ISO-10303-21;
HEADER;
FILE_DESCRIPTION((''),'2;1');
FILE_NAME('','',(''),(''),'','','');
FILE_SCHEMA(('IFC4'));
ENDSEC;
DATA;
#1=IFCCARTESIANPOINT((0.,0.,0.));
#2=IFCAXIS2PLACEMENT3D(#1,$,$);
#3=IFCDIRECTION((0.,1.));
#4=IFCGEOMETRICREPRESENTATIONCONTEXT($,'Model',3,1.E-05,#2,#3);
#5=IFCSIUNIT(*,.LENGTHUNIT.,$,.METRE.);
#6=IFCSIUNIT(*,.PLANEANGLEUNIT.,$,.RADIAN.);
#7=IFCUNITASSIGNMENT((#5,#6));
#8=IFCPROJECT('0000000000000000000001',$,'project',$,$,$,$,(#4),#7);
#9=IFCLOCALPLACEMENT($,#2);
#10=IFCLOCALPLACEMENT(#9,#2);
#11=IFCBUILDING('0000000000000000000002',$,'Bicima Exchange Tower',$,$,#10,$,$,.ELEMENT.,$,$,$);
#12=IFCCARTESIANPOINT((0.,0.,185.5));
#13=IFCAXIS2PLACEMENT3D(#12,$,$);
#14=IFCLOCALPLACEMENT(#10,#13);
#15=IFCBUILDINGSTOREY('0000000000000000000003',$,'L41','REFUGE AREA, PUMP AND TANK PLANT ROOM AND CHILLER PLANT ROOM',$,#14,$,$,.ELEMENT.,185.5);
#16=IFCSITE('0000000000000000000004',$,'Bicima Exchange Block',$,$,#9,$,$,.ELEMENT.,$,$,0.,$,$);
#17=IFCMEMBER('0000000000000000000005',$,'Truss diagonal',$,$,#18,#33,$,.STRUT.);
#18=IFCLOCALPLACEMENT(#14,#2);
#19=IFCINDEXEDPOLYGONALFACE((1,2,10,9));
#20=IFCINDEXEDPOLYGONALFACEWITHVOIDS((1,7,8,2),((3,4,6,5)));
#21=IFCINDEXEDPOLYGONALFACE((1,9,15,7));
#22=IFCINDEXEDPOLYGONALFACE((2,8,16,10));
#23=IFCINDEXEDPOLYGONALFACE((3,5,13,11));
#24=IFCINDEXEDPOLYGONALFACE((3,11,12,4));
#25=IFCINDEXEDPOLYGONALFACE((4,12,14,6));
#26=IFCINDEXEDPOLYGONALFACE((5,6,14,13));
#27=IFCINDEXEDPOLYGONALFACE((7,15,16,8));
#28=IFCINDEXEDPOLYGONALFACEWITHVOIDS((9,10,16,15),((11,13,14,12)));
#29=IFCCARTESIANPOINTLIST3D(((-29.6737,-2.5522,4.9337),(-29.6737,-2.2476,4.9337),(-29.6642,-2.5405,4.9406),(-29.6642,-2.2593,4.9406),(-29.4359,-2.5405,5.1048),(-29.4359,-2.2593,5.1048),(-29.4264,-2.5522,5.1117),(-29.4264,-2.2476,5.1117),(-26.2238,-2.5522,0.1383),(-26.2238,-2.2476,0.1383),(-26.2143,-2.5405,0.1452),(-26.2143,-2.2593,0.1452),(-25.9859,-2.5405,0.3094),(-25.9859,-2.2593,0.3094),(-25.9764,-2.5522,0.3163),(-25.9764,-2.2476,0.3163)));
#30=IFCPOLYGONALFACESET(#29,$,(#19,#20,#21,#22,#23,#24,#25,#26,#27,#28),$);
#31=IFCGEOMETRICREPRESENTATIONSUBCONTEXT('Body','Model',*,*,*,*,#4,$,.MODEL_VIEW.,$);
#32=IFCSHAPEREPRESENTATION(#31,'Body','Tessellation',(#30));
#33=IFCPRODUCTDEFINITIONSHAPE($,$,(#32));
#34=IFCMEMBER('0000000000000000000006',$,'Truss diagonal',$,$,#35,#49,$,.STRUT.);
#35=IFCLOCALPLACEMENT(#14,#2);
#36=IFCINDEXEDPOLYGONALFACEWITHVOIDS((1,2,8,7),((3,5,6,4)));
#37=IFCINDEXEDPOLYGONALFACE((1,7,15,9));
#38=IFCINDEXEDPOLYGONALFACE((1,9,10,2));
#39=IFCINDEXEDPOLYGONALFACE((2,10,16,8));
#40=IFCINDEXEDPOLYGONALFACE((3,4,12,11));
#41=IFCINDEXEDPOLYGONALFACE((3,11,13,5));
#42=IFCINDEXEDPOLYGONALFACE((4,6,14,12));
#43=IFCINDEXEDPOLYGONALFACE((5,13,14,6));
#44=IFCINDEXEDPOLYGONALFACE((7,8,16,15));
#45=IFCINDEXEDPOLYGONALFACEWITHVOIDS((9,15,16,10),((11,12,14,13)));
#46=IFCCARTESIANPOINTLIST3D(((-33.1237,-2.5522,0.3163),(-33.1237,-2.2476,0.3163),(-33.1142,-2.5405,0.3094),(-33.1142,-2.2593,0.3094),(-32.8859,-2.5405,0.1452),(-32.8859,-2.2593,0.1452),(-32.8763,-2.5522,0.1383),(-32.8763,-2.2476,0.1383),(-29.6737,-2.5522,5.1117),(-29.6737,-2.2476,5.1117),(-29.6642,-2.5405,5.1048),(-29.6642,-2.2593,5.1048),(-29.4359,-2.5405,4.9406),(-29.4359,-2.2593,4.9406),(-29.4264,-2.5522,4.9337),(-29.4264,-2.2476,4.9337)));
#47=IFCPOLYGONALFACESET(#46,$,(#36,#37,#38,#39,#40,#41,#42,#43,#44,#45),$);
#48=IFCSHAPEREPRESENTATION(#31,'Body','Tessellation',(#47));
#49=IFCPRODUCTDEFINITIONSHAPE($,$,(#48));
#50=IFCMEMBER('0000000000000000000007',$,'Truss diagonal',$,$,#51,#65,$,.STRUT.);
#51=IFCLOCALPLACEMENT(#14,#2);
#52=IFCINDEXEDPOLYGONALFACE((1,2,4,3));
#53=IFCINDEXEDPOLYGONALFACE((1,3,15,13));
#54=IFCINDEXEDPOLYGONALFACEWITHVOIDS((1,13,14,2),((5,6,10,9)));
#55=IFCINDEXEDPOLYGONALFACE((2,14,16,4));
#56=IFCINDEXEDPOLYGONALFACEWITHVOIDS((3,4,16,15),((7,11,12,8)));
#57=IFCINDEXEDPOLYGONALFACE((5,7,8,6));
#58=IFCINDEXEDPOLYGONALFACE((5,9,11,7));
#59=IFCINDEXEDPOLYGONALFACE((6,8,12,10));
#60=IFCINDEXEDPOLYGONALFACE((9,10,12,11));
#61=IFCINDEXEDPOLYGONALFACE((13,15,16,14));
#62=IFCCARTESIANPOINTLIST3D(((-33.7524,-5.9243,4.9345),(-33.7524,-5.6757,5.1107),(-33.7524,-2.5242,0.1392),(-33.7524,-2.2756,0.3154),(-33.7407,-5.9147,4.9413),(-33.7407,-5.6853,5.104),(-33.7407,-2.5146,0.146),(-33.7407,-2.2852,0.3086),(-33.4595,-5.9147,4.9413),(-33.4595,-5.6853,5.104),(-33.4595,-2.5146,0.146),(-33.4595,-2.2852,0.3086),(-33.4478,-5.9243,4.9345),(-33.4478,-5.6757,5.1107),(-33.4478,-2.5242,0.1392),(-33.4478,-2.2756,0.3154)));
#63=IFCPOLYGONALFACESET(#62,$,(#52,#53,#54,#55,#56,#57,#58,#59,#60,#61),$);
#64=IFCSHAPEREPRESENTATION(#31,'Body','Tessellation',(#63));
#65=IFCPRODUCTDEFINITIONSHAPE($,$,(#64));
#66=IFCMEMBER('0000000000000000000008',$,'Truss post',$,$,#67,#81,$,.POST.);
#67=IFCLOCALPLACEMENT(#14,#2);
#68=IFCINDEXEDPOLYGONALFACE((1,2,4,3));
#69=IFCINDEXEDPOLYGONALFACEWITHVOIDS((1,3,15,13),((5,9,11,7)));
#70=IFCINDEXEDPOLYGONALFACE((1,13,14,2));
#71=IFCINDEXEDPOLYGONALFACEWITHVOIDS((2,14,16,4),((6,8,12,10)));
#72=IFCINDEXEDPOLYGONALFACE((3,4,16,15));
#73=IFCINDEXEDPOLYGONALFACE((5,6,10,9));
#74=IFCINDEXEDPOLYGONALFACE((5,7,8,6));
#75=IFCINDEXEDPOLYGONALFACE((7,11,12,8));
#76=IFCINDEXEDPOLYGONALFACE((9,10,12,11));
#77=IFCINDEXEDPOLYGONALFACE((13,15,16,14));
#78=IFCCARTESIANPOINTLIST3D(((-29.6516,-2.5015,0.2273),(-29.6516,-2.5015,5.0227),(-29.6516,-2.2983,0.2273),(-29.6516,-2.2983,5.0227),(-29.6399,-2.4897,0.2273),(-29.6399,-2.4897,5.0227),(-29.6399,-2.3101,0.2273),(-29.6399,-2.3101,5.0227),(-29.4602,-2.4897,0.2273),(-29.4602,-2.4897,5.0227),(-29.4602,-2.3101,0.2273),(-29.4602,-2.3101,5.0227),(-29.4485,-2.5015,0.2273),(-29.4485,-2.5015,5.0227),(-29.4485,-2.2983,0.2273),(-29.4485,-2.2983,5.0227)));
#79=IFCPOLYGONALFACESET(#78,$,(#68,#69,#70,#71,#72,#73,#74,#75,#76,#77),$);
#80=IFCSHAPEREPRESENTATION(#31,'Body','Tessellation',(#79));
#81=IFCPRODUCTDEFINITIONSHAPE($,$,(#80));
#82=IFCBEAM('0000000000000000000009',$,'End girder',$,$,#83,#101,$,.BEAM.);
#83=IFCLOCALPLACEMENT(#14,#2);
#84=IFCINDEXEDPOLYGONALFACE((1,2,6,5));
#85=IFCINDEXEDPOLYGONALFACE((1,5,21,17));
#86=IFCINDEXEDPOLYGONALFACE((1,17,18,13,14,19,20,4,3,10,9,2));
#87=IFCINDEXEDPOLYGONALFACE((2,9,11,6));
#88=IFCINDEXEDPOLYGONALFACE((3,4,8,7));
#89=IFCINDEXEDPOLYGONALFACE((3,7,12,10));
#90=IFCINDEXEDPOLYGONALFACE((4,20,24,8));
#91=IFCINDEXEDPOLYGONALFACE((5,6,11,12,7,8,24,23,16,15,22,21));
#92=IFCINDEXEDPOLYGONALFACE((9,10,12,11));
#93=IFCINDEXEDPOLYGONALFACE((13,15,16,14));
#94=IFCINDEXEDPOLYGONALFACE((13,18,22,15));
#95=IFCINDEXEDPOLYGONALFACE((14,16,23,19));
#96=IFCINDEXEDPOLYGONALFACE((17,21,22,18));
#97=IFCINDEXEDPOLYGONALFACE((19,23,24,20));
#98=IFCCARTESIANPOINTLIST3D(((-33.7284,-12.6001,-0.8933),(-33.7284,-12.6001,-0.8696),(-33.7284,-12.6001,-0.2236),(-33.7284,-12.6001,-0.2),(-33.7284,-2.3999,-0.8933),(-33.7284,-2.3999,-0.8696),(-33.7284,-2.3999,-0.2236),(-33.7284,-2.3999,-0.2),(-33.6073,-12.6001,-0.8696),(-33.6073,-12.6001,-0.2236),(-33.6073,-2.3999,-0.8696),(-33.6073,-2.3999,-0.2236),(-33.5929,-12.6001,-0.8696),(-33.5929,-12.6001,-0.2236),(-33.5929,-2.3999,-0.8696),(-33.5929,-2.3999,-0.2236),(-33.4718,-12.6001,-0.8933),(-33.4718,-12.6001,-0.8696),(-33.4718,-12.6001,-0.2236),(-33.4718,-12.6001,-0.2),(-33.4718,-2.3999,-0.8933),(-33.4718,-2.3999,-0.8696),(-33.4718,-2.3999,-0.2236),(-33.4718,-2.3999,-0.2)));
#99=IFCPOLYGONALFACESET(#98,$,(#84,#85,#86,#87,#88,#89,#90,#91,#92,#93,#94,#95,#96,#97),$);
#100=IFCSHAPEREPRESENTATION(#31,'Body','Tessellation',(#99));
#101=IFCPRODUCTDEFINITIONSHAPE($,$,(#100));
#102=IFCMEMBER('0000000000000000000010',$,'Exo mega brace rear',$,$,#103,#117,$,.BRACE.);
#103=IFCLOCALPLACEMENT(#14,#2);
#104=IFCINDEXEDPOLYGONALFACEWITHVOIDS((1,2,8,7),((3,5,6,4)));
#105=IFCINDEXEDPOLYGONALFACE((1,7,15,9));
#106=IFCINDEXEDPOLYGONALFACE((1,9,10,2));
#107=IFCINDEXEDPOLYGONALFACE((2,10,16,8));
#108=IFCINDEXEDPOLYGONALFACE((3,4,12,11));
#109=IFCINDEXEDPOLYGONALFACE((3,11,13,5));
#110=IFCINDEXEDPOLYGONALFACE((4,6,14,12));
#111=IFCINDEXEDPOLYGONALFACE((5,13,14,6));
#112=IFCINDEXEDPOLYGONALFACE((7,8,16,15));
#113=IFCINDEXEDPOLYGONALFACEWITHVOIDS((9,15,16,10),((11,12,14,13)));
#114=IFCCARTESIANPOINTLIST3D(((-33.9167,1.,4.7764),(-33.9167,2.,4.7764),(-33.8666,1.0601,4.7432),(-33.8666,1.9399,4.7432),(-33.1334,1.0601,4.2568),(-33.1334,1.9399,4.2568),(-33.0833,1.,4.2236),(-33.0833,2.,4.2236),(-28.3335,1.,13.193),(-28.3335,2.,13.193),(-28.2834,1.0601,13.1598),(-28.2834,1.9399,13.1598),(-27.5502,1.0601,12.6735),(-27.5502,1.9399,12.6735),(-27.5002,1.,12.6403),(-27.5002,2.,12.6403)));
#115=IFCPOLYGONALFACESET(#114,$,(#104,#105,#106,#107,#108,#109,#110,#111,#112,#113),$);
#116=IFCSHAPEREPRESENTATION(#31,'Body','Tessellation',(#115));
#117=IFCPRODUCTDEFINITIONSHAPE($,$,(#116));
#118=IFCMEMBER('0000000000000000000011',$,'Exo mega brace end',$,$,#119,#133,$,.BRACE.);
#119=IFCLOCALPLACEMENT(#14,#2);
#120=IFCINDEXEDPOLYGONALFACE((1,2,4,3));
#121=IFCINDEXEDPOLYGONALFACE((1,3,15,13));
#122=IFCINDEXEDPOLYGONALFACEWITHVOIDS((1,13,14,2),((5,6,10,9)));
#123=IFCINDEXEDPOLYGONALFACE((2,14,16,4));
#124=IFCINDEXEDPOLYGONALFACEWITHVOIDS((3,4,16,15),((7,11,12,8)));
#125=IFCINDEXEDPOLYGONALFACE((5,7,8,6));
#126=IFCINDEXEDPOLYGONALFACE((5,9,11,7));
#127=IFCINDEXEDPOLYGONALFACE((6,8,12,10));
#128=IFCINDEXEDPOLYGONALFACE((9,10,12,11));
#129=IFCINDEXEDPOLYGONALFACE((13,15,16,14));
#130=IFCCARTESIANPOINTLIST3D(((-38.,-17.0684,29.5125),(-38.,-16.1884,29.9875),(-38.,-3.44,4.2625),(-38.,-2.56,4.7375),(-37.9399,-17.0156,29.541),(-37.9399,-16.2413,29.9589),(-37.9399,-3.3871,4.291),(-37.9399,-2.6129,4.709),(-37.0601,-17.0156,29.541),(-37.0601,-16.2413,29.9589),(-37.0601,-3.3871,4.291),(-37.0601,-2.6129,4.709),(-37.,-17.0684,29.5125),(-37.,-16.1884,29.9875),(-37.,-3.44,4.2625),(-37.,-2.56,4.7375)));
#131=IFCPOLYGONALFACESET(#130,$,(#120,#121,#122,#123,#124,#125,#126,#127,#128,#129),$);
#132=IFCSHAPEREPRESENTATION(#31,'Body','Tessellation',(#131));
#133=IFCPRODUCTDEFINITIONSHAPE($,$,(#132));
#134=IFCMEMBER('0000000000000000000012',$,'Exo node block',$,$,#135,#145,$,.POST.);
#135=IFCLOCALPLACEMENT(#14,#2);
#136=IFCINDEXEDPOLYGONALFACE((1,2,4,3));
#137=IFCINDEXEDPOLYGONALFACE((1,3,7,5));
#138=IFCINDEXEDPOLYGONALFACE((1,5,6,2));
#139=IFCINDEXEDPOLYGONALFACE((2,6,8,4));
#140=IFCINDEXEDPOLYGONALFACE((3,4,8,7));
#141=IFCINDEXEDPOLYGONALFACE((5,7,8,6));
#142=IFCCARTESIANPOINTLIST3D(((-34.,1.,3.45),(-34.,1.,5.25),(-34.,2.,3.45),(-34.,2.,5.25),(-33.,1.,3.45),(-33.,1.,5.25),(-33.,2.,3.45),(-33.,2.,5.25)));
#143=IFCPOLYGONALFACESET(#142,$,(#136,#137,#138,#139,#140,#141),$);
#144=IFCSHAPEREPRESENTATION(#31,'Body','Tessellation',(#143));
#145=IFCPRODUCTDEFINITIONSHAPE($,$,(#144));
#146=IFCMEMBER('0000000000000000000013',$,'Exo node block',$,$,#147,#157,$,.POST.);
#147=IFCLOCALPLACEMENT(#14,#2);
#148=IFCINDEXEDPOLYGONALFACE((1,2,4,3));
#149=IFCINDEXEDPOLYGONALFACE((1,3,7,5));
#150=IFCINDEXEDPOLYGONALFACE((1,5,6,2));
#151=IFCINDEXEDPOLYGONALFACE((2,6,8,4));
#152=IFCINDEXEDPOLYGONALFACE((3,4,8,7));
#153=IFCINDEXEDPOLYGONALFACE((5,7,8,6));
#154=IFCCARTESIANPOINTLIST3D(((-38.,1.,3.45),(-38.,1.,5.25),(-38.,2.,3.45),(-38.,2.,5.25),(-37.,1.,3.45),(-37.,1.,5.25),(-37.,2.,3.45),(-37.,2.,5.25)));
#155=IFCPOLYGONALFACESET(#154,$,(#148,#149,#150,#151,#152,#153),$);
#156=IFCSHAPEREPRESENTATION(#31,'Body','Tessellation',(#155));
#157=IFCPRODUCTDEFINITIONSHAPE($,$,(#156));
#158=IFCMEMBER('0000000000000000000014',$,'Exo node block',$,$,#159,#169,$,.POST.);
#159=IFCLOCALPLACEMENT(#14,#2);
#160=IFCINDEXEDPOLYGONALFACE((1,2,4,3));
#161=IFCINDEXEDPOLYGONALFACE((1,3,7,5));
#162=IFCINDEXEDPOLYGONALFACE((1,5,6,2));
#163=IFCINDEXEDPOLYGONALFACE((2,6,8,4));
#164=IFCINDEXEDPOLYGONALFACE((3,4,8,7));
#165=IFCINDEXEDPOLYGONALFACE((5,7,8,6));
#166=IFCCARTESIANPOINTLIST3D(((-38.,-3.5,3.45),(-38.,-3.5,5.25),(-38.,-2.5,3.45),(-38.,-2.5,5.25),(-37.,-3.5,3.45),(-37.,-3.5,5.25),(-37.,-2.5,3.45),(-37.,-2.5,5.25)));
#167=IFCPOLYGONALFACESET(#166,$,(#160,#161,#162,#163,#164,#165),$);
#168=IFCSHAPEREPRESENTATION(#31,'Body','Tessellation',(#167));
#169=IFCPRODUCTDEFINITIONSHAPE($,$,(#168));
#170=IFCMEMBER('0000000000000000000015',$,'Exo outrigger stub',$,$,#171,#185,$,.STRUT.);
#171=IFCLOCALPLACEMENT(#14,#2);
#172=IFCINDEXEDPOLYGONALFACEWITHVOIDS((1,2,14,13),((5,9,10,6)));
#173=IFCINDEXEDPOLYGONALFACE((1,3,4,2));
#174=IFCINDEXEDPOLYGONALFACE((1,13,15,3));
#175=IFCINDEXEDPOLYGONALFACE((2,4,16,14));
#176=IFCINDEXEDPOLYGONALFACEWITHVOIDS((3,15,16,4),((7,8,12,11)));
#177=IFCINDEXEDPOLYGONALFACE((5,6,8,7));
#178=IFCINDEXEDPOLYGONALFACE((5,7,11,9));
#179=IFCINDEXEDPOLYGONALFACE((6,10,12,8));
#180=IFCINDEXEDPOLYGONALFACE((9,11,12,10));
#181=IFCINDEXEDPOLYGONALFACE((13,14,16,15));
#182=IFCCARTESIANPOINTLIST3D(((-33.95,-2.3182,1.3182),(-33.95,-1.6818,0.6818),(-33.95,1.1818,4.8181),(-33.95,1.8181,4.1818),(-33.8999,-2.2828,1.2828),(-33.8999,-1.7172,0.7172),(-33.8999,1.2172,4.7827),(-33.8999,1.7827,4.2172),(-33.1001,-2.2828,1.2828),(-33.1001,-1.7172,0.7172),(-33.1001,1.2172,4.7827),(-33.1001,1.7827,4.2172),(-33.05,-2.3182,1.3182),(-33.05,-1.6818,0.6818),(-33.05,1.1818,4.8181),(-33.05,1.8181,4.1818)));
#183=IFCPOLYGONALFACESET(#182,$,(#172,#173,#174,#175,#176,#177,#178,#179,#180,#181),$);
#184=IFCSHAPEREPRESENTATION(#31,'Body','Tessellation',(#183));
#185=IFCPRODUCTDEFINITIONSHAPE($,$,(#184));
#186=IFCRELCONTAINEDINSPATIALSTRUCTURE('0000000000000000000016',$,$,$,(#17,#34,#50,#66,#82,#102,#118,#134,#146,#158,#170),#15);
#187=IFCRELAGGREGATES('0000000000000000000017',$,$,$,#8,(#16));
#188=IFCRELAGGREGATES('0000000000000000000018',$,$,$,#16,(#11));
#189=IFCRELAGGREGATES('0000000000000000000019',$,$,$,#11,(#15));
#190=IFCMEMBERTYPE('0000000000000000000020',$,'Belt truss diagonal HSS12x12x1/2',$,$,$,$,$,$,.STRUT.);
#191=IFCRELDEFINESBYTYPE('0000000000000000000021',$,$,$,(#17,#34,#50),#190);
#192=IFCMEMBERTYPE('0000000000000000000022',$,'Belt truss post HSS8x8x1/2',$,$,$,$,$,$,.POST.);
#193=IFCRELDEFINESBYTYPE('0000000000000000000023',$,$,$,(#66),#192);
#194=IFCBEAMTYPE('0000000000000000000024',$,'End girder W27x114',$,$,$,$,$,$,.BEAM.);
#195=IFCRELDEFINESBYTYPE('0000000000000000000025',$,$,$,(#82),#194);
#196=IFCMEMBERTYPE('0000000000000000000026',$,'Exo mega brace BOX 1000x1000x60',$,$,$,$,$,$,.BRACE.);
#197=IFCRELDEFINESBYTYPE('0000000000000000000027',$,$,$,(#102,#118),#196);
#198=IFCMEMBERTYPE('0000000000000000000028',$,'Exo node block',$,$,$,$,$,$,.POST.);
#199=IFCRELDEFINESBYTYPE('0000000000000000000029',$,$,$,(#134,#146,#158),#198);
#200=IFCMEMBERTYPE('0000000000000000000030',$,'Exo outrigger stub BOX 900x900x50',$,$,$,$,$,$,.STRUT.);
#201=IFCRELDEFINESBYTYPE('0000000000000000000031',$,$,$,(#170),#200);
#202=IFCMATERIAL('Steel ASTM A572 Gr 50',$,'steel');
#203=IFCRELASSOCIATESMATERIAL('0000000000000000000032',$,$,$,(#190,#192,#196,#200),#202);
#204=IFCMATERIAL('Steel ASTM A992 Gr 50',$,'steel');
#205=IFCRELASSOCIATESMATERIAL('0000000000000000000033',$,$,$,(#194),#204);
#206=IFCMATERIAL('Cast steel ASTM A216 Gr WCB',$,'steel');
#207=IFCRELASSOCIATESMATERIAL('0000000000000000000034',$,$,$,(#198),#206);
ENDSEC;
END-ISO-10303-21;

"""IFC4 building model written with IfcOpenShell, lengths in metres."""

from ifc_helpers import new_model, si_unit, direction, frame, origin, origin_2d, place, context, subcontext, project, spatial, rectangle, hollow_rectangle, i_section, extrude, material, material_profile, profile_set, type_object, element, save


model = new_model("IFC4")

# Units and contexts
model_context = context("Model", 3, precision=1e-05, world=origin(), true_north=direction((0.0, 1.0)))
body_context = subcontext(model_context, "Body", "Model", "MODEL_VIEW")
ifc_project = project(units=[si_unit("LENGTHUNIT", "METRE"), si_unit("PLANEANGLEUNIT", "RADIAN")], contexts=[model_context])

# Site, building, storey
site_placement = place(None, origin())
site = spatial("IfcSite", under=ifc_project, at=site_placement, Name="Bicima Exchange Block", CompositionType="ELEMENT", RefElevation=0.0)
building_placement = place(site_placement, origin())
building = spatial("IfcBuilding", under=site, at=building_placement, Name="Bicima Exchange Tower", CompositionType="ELEMENT")
storey_placement = place(building_placement, frame((0.0, 0.0, 185.5)))
storey = spatial("IfcBuildingStorey", under=building, at=storey_placement, Name="L41", Description="REFUGE AREA, PUMP AND TANK PLANT ROOM AND CHILLER PLANT ROOM", CompositionType="ELEMENT", Elevation=185.5)

# Shared definitions
ifc_material_1 = material(Name="Steel ASTM A572 Gr 50", Category="steel")
ifc_material_2 = material(Name="Steel ASTM A992 Gr 50", Category="steel")

# Members
ifc_material_profile_1 = material_profile(ifc_material_1, hollow_rectangle(XDim=0.3047, YDim=0.3047, WallThickness=0.0117, at=origin_2d()))
ifc_profile_set_1 = profile_set([ifc_material_profile_1], Name="Steel ASTM A572 Gr 50")
member_type_1 = type_object("IfcMemberType", Name="Belt truss diagonal HSS12x12x1/2", PredefinedType="STRUT", material=ifc_profile_set_1)
for number, where, z_axis, x_axis, name in (
    (1, (-26.1001, -2.3999, 0.2273), (-0.583999, 0.0, 0.811755), (0.0, -1.0, 0.0), "Truss diagonal"),
    (2, (-29.55, -2.3999, 5.0227), (-0.583999, 0.0, -0.811755), (0.0, -1.0, 0.0), "Truss diagonal"),
):
    element("IfcMember", number, at=place(storey_placement, frame(where, z_axis=z_axis, x_axis=x_axis)), inside=storey, type_object=member_type_1, Name=name, PredefinedType="STRUT", context=body_context, shape_type="SweptSolid", body=[
        extrude(hollow_rectangle(XDim=0.3047, YDim=0.3047, WallThickness=0.0117, at=origin_2d()), origin(), (0.0, 0.0, 1.0), 5.9075),
    ])
member_1_placement = place(storey_placement, frame((-33.6001, -2.3999, 0.2273), z_axis=(0.0, -0.578402, 0.815752), x_axis=(1.0, 0.0, 0.0)))
element("IfcMember", 3, at=member_1_placement, inside=storey, type_object=member_type_1, Name="Truss diagonal", PredefinedType="STRUT", context=body_context, shape_type="SweptSolid", body=[
    extrude(hollow_rectangle(XDim=0.3047, YDim=0.3047, WallThickness=0.0117, at=origin_2d()), origin(), (0.0, 0.0, 1.0), 5.8784),
])
ifc_material_profile_2 = material_profile(ifc_material_1, hollow_rectangle(XDim=0.2031, YDim=0.2031, WallThickness=0.0117, at=origin_2d()))
ifc_profile_set_2 = profile_set([ifc_material_profile_2], Name="Steel ASTM A572 Gr 50")
member_type_2 = type_object("IfcMemberType", Name="Belt truss post HSS8x8x1/2", PredefinedType="POST", material=ifc_profile_set_2)
member_2_placement = place(storey_placement, frame((-29.55, -2.3999, 0.2273), z_axis=(0.0, 0.0, 1.0), x_axis=(1.0, 0.0, 0.0)))
element("IfcMember", 4, at=member_2_placement, inside=storey, type_object=member_type_2, Name="Truss post", PredefinedType="POST", context=body_context, shape_type="SweptSolid", body=[
    extrude(hollow_rectangle(XDim=0.2031, YDim=0.2031, WallThickness=0.0117, at=origin_2d()), origin(), (0.0, 0.0, 1.0), 4.7954),
])

# Beam
ifc_material_profile_3 = material_profile(ifc_material_2, i_section(OverallWidth=0.2566, OverallDepth=0.6934, WebThickness=0.0144, FlangeThickness=0.0237, at=origin_2d()))
ifc_profile_set_3 = profile_set([ifc_material_profile_3], Name="Steel ASTM A992 Gr 50")
beam_type_1 = type_object("IfcBeamType", Name="End girder W27x114", PredefinedType="BEAM", material=ifc_profile_set_3)
beam_1_placement = place(storey_placement, frame((-33.6001, -2.3999, -0.5466), z_axis=(0.0, -1.0, 0.0), x_axis=(1.0, 0.0, 0.0)))
element("IfcBeam", 5, at=beam_1_placement, inside=storey, type_object=beam_type_1, Name="End girder", PredefinedType="BEAM", context=body_context, shape_type="SweptSolid", body=[
    extrude(i_section(OverallWidth=0.2566, OverallDepth=0.6934, WebThickness=0.0144, FlangeThickness=0.0237, at=origin_2d()), origin(), (0.0, 0.0, 1.0), 10.2002),
])

# Members
ifc_material_profile_4 = material_profile(ifc_material_1, hollow_rectangle(XDim=1.0, YDim=1.0, WallThickness=0.0601, at=origin_2d()))
ifc_profile_set_4 = profile_set([ifc_material_profile_4], Name="Steel ASTM A572 Gr 50")
member_type_3 = type_object("IfcMemberType", Name="Exo mega brace BOX 1000x1000x60", PredefinedType="BRACE", material=ifc_profile_set_4)
member_3_placement = place(storey_placement, frame((-33.5, 1.5, 4.5), z_axis=(0.552785, 0.0, 0.833324), x_axis=(0.0, 1.0, 0.0)))
element("IfcMember", 6, at=member_3_placement, inside=storey, type_object=member_type_3, Name="Exo mega brace rear", PredefinedType="BRACE", context=body_context, shape_type="SweptSolid", body=[
    extrude(hollow_rectangle(XDim=1.0, YDim=1.0, WallThickness=0.0601, at=origin_2d()), origin(), (0.0, 0.0, 1.0), 10.1001),
])
member_4_placement = place(storey_placement, frame((-37.5, -3.0, 4.5), z_axis=(0.0, -0.474971, 0.880001), x_axis=(1.0, 0.0, 0.0)))
element("IfcMember", 7, at=member_4_placement, inside=storey, type_object=member_type_3, Name="Exo mega brace end", PredefinedType="BRACE", context=body_context, shape_type="SweptSolid", body=[
    extrude(hollow_rectangle(XDim=1.0, YDim=1.0, WallThickness=0.0601, at=origin_2d()), origin(), (0.0, 0.0, 1.0), 28.6931),
])
ifc_material_3 = material(Name="Cast steel ASTM A216 Gr WCB", Category="steel")
ifc_material_profile_5 = material_profile(ifc_material_3, rectangle(XDim=1.0, YDim=1.0, at=origin_2d()))
ifc_profile_set_5 = profile_set([ifc_material_profile_5], Name="Cast steel ASTM A216 Gr WCB")
member_type_4 = type_object("IfcMemberType", Name="Exo node block", PredefinedType="POST", material=ifc_profile_set_5)
for number, where, z_axis, x_axis, name in (
    (8, (-33.5, 1.5, 3.45), (0.0, 0.0, 1.0), (1.0, 0.0, 0.0), "Exo node block"),
    (9, (-37.5, 1.5, 3.45), (0.0, 0.0, 1.0), (1.0, 0.0, 0.0), "Exo node block"),
    (10, (-37.5, -3.0, 3.45), (0.0, 0.0, 1.0), (1.0, 0.0, 0.0), "Exo node block"),
):
    element("IfcMember", number, at=place(storey_placement, frame(where, z_axis=z_axis, x_axis=x_axis)), inside=storey, type_object=member_type_4, Name=name, PredefinedType="POST", context=body_context, shape_type="SweptSolid", body=[
        extrude(rectangle(XDim=1.0, YDim=1.0, at=origin_2d()), origin(), (0.0, 0.0, 1.0), 1.8),
    ])
ifc_material_profile_6 = material_profile(ifc_material_1, hollow_rectangle(XDim=0.8999, YDim=0.8999, WallThickness=0.05, at=origin_2d()))
ifc_profile_set_6 = profile_set([ifc_material_profile_6], Name="Steel ASTM A572 Gr 50")
member_type_5 = type_object("IfcMemberType", Name="Exo outrigger stub BOX 900x900x50", PredefinedType="STRUT", material=ifc_profile_set_6)
member_5_placement = place(storey_placement, frame((-33.5, -2.0, 1.0), z_axis=(0.0, 0.707107, 0.707107), x_axis=(-1.0, 0.0, 0.0)))
element("IfcMember", 11, at=member_5_placement, inside=storey, type_object=member_type_5, Name="Exo outrigger stub", PredefinedType="STRUT", context=body_context, shape_type="SweptSolid", body=[
    extrude(hollow_rectangle(XDim=0.8999, YDim=0.8999, WallThickness=0.05, at=origin_2d()), origin(), (0.0, 0.0, 1.0), 4.9497),
])

save(model, "model.ifc")
